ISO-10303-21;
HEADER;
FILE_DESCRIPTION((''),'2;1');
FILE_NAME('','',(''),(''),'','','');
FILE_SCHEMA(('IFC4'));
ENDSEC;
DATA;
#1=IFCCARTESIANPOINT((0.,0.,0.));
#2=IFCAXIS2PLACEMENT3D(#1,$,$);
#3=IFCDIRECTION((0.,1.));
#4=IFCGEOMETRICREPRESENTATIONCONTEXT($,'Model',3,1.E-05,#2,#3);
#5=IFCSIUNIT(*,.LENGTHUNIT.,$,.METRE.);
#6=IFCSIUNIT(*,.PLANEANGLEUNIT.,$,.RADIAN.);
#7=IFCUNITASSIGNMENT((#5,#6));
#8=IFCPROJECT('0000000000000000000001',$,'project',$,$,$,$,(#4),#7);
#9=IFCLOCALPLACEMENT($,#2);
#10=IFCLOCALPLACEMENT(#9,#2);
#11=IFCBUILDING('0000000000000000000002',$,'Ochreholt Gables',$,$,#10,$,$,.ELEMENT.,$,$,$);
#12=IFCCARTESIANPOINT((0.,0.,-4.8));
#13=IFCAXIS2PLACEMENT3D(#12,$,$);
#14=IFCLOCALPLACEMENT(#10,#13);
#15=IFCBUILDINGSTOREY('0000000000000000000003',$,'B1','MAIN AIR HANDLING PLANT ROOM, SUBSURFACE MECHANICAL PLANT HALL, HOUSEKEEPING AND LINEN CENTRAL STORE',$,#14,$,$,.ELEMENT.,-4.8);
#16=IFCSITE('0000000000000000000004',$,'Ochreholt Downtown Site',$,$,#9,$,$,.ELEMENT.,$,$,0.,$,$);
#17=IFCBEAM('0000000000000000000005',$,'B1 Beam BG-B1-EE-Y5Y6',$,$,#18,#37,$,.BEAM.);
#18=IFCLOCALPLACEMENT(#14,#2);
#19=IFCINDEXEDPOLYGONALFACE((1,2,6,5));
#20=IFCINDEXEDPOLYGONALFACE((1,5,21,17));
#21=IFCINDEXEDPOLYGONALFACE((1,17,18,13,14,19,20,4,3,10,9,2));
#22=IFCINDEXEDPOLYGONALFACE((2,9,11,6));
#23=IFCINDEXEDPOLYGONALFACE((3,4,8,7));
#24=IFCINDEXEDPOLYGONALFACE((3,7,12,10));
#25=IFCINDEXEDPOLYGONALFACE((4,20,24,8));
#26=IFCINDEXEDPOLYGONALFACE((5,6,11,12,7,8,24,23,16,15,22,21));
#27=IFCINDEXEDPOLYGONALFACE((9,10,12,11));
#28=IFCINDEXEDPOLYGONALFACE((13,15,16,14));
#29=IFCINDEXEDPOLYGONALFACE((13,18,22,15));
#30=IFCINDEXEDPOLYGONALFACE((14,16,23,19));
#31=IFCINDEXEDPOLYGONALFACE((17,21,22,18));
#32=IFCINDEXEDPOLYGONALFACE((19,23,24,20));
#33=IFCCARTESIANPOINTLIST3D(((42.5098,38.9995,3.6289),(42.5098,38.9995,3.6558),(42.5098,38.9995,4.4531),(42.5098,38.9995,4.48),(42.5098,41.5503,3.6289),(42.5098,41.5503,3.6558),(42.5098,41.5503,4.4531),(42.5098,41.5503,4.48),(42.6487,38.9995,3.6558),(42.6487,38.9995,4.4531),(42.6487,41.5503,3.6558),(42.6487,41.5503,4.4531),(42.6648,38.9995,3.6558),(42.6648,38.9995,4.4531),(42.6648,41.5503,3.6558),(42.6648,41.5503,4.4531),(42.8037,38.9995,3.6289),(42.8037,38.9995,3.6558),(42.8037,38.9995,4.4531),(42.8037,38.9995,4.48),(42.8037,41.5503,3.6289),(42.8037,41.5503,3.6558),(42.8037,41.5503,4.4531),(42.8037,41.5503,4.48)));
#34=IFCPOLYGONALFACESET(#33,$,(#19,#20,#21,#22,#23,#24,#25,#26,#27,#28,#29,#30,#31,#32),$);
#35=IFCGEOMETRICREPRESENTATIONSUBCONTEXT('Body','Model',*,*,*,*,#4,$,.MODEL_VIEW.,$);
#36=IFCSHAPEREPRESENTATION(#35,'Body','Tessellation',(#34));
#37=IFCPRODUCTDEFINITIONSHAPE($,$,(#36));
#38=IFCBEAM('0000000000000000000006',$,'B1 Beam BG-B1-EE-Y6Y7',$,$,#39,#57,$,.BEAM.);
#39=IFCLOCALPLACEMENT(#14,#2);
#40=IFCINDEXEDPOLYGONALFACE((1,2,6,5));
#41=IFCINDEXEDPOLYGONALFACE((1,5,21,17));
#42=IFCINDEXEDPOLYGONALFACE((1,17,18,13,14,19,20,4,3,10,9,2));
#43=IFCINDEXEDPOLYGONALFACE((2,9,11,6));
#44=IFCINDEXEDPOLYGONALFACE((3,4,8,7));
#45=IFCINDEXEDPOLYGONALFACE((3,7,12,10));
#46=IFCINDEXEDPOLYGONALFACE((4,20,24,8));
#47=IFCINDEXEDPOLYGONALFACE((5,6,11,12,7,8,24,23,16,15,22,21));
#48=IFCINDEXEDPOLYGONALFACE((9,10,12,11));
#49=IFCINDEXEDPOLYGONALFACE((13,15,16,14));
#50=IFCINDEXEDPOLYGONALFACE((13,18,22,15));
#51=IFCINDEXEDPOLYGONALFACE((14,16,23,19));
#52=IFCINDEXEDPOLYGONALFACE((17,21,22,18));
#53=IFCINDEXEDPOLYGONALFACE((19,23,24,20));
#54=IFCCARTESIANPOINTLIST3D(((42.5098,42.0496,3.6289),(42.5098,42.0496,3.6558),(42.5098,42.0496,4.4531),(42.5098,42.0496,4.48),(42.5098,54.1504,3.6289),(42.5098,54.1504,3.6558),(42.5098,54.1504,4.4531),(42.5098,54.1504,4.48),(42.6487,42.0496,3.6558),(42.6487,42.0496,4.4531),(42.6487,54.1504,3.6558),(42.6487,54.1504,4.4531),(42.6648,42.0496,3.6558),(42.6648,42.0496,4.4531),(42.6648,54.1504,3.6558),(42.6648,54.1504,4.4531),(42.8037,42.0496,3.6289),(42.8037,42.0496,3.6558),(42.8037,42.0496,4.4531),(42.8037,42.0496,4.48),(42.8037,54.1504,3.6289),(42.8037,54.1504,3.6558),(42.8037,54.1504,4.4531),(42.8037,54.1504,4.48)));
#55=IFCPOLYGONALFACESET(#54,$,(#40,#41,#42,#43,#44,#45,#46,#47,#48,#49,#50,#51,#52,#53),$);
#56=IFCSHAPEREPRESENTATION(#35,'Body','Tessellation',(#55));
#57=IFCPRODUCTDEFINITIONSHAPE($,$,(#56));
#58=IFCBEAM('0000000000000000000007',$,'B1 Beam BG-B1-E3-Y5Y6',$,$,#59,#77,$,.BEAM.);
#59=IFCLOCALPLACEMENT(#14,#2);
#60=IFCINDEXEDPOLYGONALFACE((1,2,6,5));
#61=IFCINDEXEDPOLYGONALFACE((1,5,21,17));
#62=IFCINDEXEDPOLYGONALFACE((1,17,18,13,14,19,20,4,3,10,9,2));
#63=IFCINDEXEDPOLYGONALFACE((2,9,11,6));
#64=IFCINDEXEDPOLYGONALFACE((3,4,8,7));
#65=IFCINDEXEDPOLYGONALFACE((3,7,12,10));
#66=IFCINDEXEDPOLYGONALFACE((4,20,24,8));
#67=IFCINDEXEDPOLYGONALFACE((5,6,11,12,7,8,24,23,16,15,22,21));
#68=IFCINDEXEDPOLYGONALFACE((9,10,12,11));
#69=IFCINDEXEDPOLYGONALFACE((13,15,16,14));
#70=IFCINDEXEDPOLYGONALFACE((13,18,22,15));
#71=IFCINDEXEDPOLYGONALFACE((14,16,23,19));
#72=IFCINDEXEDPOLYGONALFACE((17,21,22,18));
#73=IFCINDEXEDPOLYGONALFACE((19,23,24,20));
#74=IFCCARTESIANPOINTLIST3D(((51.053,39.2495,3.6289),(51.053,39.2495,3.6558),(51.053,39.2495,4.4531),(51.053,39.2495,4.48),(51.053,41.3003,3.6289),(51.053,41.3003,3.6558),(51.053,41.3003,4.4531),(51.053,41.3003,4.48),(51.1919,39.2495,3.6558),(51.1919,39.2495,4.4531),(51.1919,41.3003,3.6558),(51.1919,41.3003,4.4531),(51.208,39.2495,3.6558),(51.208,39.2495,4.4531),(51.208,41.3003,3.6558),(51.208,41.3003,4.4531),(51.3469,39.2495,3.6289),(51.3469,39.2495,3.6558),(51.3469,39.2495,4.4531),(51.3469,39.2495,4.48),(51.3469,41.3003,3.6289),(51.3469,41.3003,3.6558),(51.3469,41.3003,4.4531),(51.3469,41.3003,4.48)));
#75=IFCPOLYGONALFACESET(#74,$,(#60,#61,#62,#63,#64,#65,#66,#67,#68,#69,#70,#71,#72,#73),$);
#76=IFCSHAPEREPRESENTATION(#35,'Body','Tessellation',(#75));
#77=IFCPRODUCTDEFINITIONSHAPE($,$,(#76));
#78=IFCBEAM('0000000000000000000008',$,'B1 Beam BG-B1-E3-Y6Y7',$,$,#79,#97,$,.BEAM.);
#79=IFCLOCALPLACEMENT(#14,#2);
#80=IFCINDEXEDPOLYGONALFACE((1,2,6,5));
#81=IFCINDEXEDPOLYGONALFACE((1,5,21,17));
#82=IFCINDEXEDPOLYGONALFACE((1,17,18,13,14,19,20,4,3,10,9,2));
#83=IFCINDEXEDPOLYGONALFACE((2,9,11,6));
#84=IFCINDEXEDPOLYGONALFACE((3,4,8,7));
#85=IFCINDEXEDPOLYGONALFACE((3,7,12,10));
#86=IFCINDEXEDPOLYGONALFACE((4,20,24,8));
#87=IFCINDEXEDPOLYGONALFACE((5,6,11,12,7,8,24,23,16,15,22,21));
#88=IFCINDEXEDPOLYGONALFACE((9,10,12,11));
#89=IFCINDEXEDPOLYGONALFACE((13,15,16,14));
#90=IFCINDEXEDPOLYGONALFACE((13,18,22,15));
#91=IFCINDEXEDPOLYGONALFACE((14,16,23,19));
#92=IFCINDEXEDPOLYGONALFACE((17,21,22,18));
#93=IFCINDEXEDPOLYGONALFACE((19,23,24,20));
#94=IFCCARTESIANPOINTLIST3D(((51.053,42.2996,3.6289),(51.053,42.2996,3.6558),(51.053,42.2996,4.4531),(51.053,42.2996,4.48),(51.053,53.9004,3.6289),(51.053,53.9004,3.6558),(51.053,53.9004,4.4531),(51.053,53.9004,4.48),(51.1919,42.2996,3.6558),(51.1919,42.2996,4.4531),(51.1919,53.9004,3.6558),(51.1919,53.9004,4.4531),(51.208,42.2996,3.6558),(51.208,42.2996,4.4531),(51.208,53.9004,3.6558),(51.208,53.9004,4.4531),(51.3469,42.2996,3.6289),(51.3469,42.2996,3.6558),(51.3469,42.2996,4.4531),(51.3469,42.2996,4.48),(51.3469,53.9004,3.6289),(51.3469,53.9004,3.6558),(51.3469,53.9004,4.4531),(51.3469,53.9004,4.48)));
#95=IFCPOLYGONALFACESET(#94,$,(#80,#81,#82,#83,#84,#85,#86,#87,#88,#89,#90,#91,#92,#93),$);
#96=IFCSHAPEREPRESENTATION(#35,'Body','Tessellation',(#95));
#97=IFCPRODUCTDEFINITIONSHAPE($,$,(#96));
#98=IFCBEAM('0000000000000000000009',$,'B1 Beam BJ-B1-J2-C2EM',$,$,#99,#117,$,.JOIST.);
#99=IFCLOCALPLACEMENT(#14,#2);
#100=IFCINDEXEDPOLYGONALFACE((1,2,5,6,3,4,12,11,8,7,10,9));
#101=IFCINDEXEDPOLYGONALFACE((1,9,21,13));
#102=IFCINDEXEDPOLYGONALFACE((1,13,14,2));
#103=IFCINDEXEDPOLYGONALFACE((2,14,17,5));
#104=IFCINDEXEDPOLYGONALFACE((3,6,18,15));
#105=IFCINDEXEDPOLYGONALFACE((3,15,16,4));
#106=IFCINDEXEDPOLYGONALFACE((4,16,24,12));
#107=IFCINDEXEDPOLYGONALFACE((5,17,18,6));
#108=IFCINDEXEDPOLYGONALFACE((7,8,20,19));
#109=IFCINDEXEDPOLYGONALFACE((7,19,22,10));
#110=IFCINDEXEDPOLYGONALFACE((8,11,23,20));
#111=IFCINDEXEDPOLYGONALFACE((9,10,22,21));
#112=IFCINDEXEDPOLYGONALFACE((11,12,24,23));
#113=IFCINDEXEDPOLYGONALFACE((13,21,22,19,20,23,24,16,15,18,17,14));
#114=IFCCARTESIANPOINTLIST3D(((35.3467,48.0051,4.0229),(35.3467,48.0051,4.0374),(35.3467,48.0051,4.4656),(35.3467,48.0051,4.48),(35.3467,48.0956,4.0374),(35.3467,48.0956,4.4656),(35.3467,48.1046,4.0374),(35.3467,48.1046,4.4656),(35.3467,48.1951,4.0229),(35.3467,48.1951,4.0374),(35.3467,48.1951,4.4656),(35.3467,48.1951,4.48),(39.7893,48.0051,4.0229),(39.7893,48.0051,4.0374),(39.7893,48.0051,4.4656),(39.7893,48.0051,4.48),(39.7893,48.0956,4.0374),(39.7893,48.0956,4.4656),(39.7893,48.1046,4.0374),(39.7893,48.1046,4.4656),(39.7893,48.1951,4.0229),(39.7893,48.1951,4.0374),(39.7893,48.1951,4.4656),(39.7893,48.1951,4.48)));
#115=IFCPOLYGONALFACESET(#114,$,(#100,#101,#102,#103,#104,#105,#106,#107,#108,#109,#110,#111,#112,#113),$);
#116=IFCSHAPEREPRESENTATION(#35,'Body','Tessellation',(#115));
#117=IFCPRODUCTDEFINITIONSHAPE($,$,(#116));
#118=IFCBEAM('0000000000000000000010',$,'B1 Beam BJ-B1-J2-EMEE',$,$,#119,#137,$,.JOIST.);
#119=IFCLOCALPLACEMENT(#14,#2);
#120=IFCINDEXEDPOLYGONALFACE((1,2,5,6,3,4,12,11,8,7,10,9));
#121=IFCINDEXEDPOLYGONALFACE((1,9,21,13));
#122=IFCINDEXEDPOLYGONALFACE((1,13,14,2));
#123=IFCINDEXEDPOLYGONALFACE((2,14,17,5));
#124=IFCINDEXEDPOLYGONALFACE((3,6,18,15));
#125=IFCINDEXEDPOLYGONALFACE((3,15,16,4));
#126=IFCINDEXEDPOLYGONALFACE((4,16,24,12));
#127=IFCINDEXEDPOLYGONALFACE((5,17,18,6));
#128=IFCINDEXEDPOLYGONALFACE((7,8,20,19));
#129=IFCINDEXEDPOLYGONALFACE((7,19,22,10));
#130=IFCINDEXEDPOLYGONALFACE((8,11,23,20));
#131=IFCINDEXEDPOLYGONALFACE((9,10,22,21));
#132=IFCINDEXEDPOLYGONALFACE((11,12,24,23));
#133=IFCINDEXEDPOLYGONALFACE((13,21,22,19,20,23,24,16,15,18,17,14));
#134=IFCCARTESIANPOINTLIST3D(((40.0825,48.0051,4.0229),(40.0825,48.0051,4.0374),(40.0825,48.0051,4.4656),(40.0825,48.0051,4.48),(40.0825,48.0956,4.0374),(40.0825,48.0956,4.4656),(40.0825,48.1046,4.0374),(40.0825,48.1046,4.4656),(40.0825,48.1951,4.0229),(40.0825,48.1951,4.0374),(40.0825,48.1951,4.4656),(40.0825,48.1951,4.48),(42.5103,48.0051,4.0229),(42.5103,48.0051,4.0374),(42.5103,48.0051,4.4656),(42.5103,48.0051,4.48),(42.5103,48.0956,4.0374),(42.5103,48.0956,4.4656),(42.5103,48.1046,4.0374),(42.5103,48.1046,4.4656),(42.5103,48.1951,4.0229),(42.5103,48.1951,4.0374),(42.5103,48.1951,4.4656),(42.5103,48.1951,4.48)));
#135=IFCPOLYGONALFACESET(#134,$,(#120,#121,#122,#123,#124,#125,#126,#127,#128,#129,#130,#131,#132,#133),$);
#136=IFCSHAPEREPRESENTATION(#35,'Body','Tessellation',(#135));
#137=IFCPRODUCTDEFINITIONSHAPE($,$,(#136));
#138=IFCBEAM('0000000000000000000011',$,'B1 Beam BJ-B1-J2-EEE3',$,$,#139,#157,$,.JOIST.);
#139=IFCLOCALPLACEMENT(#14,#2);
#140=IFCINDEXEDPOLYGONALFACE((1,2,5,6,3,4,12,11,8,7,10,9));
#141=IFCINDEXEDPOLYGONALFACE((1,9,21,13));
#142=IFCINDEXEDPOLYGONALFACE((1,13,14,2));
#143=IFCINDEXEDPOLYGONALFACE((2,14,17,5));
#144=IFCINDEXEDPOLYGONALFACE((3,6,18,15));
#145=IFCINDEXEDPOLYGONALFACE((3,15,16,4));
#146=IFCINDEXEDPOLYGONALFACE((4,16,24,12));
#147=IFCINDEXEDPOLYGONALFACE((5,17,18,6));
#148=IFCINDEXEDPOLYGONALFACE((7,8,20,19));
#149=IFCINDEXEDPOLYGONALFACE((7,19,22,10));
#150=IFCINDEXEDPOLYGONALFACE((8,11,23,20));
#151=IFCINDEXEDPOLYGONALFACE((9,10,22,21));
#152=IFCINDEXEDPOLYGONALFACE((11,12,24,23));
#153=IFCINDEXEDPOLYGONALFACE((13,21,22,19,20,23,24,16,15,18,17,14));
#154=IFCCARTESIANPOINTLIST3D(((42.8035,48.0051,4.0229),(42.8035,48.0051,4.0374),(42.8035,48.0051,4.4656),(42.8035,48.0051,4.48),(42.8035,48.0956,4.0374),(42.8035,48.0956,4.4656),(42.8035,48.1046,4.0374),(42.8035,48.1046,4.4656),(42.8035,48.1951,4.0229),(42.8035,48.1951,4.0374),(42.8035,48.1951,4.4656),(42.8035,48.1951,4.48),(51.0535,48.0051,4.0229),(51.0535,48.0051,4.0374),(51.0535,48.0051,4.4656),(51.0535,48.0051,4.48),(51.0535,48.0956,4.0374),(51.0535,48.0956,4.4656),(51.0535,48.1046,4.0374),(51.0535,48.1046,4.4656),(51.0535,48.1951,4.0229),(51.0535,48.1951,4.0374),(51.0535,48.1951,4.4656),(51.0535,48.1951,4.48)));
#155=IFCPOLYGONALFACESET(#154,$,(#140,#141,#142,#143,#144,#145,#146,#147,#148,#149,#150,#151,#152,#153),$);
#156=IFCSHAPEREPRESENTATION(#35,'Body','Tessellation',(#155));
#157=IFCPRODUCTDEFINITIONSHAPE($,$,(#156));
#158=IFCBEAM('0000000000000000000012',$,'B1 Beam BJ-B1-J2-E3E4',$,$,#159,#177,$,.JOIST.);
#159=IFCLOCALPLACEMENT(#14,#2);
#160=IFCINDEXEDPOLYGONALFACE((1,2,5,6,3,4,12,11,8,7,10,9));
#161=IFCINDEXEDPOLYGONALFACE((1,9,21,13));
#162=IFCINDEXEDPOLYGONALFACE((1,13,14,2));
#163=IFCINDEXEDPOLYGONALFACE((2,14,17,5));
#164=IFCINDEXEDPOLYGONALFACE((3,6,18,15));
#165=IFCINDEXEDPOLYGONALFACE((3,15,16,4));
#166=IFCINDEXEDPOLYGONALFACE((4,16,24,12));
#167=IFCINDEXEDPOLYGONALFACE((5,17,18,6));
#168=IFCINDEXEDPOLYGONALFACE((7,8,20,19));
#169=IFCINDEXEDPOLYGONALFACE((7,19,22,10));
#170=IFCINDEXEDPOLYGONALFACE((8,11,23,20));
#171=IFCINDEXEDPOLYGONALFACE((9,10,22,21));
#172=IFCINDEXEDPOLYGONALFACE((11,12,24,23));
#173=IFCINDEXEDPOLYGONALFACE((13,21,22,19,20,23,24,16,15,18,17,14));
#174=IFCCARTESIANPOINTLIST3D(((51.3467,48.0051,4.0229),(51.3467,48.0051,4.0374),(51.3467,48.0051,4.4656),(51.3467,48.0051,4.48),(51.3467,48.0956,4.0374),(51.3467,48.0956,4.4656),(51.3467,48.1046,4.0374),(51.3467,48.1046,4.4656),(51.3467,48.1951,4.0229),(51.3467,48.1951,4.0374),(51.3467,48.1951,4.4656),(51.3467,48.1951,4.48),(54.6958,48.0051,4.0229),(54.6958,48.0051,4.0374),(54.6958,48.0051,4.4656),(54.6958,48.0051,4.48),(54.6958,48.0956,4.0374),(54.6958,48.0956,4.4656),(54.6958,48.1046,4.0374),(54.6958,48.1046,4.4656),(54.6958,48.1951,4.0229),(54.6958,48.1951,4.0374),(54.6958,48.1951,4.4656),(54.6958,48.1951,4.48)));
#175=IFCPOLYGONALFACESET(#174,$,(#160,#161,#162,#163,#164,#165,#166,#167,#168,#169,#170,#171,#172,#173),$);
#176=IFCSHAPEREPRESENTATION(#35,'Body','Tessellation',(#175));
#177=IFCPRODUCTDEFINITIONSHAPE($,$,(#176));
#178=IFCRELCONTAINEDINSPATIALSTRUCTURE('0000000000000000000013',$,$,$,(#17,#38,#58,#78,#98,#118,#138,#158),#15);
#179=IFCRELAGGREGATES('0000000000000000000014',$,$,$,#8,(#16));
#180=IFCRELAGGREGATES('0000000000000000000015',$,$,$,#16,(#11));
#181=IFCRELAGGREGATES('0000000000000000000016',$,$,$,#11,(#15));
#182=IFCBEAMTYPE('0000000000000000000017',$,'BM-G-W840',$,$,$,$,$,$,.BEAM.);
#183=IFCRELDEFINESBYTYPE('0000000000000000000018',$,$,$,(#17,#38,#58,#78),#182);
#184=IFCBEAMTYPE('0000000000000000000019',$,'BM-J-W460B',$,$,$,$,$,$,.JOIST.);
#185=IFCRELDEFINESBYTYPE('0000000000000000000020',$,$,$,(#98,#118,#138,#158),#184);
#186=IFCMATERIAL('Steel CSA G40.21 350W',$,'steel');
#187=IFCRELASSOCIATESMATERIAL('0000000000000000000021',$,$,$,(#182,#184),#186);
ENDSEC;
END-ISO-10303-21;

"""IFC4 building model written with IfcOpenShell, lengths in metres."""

from ifc_helpers import new_model, si_unit, direction, frame, origin, origin_2d, place, context, subcontext, project, spatial, i_section, extrude, material, material_profile, profile_set, type_object, element, save


model = new_model("IFC4")

# Units and contexts
model_context = context("Model", 3, precision=1e-05, world=origin(), true_north=direction((0.0, 1.0)))
body_context = subcontext(model_context, "Body", "Model", "MODEL_VIEW")
ifc_project = project(units=[si_unit("LENGTHUNIT", "METRE"), si_unit("PLANEANGLEUNIT", "RADIAN")], contexts=[model_context])

# Site, building, storey
site_placement = place(None, origin())
site = spatial("IfcSite", under=ifc_project, at=site_placement, Name="Ochreholt Downtown Site", CompositionType="ELEMENT", RefElevation=0.0)
building_placement = place(site_placement, origin())
building = spatial("IfcBuilding", under=site, at=building_placement, Name="Ochreholt Gables", CompositionType="ELEMENT")
storey_placement = place(building_placement, frame((0.0, 0.0, -4.8)))
storey = spatial("IfcBuildingStorey", under=building, at=storey_placement, Name="B1", Description="MAIN AIR HANDLING PLANT ROOM, SUBSURFACE MECHANICAL PLANT HALL, HOUSEKEEPING AND LINEN CENTRAL STORE", CompositionType="ELEMENT", Elevation=-4.8)

# Shared definitions
ifc_material_1 = material(Name="Steel CSA G40.21 350W", Category="steel")

# Beams
ifc_material_profile_1 = material_profile(ifc_material_1, i_section(OverallWidth=0.2939, OverallDepth=0.8511, WebThickness=0.0161, FlangeThickness=0.0269, at=origin_2d()), Name="W840X226")
ifc_profile_set_1 = profile_set([ifc_material_profile_1], Name="Steel CSA G40.21 350W")
beam_type_1 = type_object("IfcBeamType", Name="BM-G-W840", PredefinedType="BEAM", material=ifc_profile_set_1)
beam_1_placement = place(storey_placement, frame((42.6567, 38.9995, 4.0544), z_axis=(0.0, 1.0, 0.0), x_axis=(-1.0, 0.0, 0.0)))
element("IfcBeam", 1, at=beam_1_placement, inside=storey, type_object=beam_type_1, Name="B1 Beam BG-B1-EE-Y5Y6", PredefinedType="BEAM", context=body_context, shape_type="SweptSolid", body=[
    extrude(i_section(OverallWidth=0.2939, OverallDepth=0.8511, WebThickness=0.0161, FlangeThickness=0.0269, at=origin_2d()), origin(), (0.0, 0.0, 1.0), 2.5508),
])
beam_2_placement = place(storey_placement, frame((42.6567, 42.0496, 4.0544), z_axis=(0.0, 1.0, 0.0), x_axis=(-1.0, 0.0, 0.0)))
element("IfcBeam", 2, at=beam_2_placement, inside=storey, type_object=beam_type_1, Name="B1 Beam BG-B1-EE-Y6Y7", PredefinedType="BEAM", context=body_context, shape_type="SweptSolid", body=[
    extrude(i_section(OverallWidth=0.2939, OverallDepth=0.8511, WebThickness=0.0161, FlangeThickness=0.0269, at=origin_2d()), origin(), (0.0, 0.0, 1.0), 12.1008),
])
beam_3_placement = place(storey_placement, frame((51.2, 39.2495, 4.0544), z_axis=(0.0, 1.0, 0.0), x_axis=(-1.0, 0.0, 0.0)))
element("IfcBeam", 3, at=beam_3_placement, inside=storey, type_object=beam_type_1, Name="B1 Beam BG-B1-E3-Y5Y6", PredefinedType="BEAM", context=body_context, shape_type="SweptSolid", body=[
    extrude(i_section(OverallWidth=0.2939, OverallDepth=0.8511, WebThickness=0.0161, FlangeThickness=0.0269, at=origin_2d()), origin(), (0.0, 0.0, 1.0), 2.0508),
])
beam_4_placement = place(storey_placement, frame((51.2, 42.2996, 4.0544), z_axis=(0.0, 1.0, 0.0), x_axis=(-1.0, 0.0, 0.0)))
element("IfcBeam", 4, at=beam_4_placement, inside=storey, type_object=beam_type_1, Name="B1 Beam BG-B1-E3-Y6Y7", PredefinedType="BEAM", context=body_context, shape_type="SweptSolid", body=[
    extrude(i_section(OverallWidth=0.2939, OverallDepth=0.8511, WebThickness=0.0161, FlangeThickness=0.0269, at=origin_2d()), origin(), (0.0, 0.0, 1.0), 11.6008),
])
ifc_material_profile_2 = material_profile(ifc_material_1, i_section(OverallWidth=0.1899, OverallDepth=0.457, WebThickness=0.009, FlangeThickness=0.0144, at=origin_2d()), Name="W460X74")
ifc_profile_set_2 = profile_set([ifc_material_profile_2], Name="Steel CSA G40.21 350W")
beam_type_2 = type_object("IfcBeamType", Name="BM-J-W460B", PredefinedType="JOIST", material=ifc_profile_set_2)
beam_5_placement = place(storey_placement, frame((35.3467, 48.1001, 4.2515), z_axis=(1.0, 0.0, 0.0), x_axis=(0.0, 1.0, 0.0)))
element("IfcBeam", 5, at=beam_5_placement, inside=storey, type_object=beam_type_2, Name="B1 Beam BJ-B1-J2-C2EM", PredefinedType="JOIST", context=body_context, shape_type="SweptSolid", body=[
    extrude(i_section(OverallWidth=0.1899, OverallDepth=0.457, WebThickness=0.009, FlangeThickness=0.0144, at=origin_2d()), origin(), (0.0, 0.0, 1.0), 4.4426),
])
beam_6_placement = place(storey_placement, frame((40.0825, 48.1001, 4.2515), z_axis=(1.0, 0.0, 0.0), x_axis=(0.0, 1.0, 0.0)))
element("IfcBeam", 6, at=beam_6_placement, inside=storey, type_object=beam_type_2, Name="B1 Beam BJ-B1-J2-EMEE", PredefinedType="JOIST", context=body_context, shape_type="SweptSolid", body=[
    extrude(i_section(OverallWidth=0.1899, OverallDepth=0.457, WebThickness=0.009, FlangeThickness=0.0144, at=origin_2d()), origin(), (0.0, 0.0, 1.0), 2.4277),
])
beam_7_placement = place(storey_placement, frame((42.8035, 48.1001, 4.2515), z_axis=(1.0, 0.0, 0.0), x_axis=(0.0, 1.0, 0.0)))
element("IfcBeam", 7, at=beam_7_placement, inside=storey, type_object=beam_type_2, Name="B1 Beam BJ-B1-J2-EEE3", PredefinedType="JOIST", context=body_context, shape_type="SweptSolid", body=[
    extrude(i_section(OverallWidth=0.1899, OverallDepth=0.457, WebThickness=0.009, FlangeThickness=0.0144, at=origin_2d()), origin(), (0.0, 0.0, 1.0), 8.25),
])
beam_8_placement = place(storey_placement, frame((51.3467, 48.1001, 4.2515), z_axis=(1.0, 0.0, 0.0), x_axis=(0.0, 1.0, 0.0)))
element("IfcBeam", 8, at=beam_8_placement, inside=storey, type_object=beam_type_2, Name="B1 Beam BJ-B1-J2-E3E4", PredefinedType="JOIST", context=body_context, shape_type="SweptSolid", body=[
    extrude(i_section(OverallWidth=0.1899, OverallDepth=0.457, WebThickness=0.009, FlangeThickness=0.0144, at=origin_2d()), origin(), (0.0, 0.0, 1.0), 3.3491),
])

save(model, "model.ifc")
